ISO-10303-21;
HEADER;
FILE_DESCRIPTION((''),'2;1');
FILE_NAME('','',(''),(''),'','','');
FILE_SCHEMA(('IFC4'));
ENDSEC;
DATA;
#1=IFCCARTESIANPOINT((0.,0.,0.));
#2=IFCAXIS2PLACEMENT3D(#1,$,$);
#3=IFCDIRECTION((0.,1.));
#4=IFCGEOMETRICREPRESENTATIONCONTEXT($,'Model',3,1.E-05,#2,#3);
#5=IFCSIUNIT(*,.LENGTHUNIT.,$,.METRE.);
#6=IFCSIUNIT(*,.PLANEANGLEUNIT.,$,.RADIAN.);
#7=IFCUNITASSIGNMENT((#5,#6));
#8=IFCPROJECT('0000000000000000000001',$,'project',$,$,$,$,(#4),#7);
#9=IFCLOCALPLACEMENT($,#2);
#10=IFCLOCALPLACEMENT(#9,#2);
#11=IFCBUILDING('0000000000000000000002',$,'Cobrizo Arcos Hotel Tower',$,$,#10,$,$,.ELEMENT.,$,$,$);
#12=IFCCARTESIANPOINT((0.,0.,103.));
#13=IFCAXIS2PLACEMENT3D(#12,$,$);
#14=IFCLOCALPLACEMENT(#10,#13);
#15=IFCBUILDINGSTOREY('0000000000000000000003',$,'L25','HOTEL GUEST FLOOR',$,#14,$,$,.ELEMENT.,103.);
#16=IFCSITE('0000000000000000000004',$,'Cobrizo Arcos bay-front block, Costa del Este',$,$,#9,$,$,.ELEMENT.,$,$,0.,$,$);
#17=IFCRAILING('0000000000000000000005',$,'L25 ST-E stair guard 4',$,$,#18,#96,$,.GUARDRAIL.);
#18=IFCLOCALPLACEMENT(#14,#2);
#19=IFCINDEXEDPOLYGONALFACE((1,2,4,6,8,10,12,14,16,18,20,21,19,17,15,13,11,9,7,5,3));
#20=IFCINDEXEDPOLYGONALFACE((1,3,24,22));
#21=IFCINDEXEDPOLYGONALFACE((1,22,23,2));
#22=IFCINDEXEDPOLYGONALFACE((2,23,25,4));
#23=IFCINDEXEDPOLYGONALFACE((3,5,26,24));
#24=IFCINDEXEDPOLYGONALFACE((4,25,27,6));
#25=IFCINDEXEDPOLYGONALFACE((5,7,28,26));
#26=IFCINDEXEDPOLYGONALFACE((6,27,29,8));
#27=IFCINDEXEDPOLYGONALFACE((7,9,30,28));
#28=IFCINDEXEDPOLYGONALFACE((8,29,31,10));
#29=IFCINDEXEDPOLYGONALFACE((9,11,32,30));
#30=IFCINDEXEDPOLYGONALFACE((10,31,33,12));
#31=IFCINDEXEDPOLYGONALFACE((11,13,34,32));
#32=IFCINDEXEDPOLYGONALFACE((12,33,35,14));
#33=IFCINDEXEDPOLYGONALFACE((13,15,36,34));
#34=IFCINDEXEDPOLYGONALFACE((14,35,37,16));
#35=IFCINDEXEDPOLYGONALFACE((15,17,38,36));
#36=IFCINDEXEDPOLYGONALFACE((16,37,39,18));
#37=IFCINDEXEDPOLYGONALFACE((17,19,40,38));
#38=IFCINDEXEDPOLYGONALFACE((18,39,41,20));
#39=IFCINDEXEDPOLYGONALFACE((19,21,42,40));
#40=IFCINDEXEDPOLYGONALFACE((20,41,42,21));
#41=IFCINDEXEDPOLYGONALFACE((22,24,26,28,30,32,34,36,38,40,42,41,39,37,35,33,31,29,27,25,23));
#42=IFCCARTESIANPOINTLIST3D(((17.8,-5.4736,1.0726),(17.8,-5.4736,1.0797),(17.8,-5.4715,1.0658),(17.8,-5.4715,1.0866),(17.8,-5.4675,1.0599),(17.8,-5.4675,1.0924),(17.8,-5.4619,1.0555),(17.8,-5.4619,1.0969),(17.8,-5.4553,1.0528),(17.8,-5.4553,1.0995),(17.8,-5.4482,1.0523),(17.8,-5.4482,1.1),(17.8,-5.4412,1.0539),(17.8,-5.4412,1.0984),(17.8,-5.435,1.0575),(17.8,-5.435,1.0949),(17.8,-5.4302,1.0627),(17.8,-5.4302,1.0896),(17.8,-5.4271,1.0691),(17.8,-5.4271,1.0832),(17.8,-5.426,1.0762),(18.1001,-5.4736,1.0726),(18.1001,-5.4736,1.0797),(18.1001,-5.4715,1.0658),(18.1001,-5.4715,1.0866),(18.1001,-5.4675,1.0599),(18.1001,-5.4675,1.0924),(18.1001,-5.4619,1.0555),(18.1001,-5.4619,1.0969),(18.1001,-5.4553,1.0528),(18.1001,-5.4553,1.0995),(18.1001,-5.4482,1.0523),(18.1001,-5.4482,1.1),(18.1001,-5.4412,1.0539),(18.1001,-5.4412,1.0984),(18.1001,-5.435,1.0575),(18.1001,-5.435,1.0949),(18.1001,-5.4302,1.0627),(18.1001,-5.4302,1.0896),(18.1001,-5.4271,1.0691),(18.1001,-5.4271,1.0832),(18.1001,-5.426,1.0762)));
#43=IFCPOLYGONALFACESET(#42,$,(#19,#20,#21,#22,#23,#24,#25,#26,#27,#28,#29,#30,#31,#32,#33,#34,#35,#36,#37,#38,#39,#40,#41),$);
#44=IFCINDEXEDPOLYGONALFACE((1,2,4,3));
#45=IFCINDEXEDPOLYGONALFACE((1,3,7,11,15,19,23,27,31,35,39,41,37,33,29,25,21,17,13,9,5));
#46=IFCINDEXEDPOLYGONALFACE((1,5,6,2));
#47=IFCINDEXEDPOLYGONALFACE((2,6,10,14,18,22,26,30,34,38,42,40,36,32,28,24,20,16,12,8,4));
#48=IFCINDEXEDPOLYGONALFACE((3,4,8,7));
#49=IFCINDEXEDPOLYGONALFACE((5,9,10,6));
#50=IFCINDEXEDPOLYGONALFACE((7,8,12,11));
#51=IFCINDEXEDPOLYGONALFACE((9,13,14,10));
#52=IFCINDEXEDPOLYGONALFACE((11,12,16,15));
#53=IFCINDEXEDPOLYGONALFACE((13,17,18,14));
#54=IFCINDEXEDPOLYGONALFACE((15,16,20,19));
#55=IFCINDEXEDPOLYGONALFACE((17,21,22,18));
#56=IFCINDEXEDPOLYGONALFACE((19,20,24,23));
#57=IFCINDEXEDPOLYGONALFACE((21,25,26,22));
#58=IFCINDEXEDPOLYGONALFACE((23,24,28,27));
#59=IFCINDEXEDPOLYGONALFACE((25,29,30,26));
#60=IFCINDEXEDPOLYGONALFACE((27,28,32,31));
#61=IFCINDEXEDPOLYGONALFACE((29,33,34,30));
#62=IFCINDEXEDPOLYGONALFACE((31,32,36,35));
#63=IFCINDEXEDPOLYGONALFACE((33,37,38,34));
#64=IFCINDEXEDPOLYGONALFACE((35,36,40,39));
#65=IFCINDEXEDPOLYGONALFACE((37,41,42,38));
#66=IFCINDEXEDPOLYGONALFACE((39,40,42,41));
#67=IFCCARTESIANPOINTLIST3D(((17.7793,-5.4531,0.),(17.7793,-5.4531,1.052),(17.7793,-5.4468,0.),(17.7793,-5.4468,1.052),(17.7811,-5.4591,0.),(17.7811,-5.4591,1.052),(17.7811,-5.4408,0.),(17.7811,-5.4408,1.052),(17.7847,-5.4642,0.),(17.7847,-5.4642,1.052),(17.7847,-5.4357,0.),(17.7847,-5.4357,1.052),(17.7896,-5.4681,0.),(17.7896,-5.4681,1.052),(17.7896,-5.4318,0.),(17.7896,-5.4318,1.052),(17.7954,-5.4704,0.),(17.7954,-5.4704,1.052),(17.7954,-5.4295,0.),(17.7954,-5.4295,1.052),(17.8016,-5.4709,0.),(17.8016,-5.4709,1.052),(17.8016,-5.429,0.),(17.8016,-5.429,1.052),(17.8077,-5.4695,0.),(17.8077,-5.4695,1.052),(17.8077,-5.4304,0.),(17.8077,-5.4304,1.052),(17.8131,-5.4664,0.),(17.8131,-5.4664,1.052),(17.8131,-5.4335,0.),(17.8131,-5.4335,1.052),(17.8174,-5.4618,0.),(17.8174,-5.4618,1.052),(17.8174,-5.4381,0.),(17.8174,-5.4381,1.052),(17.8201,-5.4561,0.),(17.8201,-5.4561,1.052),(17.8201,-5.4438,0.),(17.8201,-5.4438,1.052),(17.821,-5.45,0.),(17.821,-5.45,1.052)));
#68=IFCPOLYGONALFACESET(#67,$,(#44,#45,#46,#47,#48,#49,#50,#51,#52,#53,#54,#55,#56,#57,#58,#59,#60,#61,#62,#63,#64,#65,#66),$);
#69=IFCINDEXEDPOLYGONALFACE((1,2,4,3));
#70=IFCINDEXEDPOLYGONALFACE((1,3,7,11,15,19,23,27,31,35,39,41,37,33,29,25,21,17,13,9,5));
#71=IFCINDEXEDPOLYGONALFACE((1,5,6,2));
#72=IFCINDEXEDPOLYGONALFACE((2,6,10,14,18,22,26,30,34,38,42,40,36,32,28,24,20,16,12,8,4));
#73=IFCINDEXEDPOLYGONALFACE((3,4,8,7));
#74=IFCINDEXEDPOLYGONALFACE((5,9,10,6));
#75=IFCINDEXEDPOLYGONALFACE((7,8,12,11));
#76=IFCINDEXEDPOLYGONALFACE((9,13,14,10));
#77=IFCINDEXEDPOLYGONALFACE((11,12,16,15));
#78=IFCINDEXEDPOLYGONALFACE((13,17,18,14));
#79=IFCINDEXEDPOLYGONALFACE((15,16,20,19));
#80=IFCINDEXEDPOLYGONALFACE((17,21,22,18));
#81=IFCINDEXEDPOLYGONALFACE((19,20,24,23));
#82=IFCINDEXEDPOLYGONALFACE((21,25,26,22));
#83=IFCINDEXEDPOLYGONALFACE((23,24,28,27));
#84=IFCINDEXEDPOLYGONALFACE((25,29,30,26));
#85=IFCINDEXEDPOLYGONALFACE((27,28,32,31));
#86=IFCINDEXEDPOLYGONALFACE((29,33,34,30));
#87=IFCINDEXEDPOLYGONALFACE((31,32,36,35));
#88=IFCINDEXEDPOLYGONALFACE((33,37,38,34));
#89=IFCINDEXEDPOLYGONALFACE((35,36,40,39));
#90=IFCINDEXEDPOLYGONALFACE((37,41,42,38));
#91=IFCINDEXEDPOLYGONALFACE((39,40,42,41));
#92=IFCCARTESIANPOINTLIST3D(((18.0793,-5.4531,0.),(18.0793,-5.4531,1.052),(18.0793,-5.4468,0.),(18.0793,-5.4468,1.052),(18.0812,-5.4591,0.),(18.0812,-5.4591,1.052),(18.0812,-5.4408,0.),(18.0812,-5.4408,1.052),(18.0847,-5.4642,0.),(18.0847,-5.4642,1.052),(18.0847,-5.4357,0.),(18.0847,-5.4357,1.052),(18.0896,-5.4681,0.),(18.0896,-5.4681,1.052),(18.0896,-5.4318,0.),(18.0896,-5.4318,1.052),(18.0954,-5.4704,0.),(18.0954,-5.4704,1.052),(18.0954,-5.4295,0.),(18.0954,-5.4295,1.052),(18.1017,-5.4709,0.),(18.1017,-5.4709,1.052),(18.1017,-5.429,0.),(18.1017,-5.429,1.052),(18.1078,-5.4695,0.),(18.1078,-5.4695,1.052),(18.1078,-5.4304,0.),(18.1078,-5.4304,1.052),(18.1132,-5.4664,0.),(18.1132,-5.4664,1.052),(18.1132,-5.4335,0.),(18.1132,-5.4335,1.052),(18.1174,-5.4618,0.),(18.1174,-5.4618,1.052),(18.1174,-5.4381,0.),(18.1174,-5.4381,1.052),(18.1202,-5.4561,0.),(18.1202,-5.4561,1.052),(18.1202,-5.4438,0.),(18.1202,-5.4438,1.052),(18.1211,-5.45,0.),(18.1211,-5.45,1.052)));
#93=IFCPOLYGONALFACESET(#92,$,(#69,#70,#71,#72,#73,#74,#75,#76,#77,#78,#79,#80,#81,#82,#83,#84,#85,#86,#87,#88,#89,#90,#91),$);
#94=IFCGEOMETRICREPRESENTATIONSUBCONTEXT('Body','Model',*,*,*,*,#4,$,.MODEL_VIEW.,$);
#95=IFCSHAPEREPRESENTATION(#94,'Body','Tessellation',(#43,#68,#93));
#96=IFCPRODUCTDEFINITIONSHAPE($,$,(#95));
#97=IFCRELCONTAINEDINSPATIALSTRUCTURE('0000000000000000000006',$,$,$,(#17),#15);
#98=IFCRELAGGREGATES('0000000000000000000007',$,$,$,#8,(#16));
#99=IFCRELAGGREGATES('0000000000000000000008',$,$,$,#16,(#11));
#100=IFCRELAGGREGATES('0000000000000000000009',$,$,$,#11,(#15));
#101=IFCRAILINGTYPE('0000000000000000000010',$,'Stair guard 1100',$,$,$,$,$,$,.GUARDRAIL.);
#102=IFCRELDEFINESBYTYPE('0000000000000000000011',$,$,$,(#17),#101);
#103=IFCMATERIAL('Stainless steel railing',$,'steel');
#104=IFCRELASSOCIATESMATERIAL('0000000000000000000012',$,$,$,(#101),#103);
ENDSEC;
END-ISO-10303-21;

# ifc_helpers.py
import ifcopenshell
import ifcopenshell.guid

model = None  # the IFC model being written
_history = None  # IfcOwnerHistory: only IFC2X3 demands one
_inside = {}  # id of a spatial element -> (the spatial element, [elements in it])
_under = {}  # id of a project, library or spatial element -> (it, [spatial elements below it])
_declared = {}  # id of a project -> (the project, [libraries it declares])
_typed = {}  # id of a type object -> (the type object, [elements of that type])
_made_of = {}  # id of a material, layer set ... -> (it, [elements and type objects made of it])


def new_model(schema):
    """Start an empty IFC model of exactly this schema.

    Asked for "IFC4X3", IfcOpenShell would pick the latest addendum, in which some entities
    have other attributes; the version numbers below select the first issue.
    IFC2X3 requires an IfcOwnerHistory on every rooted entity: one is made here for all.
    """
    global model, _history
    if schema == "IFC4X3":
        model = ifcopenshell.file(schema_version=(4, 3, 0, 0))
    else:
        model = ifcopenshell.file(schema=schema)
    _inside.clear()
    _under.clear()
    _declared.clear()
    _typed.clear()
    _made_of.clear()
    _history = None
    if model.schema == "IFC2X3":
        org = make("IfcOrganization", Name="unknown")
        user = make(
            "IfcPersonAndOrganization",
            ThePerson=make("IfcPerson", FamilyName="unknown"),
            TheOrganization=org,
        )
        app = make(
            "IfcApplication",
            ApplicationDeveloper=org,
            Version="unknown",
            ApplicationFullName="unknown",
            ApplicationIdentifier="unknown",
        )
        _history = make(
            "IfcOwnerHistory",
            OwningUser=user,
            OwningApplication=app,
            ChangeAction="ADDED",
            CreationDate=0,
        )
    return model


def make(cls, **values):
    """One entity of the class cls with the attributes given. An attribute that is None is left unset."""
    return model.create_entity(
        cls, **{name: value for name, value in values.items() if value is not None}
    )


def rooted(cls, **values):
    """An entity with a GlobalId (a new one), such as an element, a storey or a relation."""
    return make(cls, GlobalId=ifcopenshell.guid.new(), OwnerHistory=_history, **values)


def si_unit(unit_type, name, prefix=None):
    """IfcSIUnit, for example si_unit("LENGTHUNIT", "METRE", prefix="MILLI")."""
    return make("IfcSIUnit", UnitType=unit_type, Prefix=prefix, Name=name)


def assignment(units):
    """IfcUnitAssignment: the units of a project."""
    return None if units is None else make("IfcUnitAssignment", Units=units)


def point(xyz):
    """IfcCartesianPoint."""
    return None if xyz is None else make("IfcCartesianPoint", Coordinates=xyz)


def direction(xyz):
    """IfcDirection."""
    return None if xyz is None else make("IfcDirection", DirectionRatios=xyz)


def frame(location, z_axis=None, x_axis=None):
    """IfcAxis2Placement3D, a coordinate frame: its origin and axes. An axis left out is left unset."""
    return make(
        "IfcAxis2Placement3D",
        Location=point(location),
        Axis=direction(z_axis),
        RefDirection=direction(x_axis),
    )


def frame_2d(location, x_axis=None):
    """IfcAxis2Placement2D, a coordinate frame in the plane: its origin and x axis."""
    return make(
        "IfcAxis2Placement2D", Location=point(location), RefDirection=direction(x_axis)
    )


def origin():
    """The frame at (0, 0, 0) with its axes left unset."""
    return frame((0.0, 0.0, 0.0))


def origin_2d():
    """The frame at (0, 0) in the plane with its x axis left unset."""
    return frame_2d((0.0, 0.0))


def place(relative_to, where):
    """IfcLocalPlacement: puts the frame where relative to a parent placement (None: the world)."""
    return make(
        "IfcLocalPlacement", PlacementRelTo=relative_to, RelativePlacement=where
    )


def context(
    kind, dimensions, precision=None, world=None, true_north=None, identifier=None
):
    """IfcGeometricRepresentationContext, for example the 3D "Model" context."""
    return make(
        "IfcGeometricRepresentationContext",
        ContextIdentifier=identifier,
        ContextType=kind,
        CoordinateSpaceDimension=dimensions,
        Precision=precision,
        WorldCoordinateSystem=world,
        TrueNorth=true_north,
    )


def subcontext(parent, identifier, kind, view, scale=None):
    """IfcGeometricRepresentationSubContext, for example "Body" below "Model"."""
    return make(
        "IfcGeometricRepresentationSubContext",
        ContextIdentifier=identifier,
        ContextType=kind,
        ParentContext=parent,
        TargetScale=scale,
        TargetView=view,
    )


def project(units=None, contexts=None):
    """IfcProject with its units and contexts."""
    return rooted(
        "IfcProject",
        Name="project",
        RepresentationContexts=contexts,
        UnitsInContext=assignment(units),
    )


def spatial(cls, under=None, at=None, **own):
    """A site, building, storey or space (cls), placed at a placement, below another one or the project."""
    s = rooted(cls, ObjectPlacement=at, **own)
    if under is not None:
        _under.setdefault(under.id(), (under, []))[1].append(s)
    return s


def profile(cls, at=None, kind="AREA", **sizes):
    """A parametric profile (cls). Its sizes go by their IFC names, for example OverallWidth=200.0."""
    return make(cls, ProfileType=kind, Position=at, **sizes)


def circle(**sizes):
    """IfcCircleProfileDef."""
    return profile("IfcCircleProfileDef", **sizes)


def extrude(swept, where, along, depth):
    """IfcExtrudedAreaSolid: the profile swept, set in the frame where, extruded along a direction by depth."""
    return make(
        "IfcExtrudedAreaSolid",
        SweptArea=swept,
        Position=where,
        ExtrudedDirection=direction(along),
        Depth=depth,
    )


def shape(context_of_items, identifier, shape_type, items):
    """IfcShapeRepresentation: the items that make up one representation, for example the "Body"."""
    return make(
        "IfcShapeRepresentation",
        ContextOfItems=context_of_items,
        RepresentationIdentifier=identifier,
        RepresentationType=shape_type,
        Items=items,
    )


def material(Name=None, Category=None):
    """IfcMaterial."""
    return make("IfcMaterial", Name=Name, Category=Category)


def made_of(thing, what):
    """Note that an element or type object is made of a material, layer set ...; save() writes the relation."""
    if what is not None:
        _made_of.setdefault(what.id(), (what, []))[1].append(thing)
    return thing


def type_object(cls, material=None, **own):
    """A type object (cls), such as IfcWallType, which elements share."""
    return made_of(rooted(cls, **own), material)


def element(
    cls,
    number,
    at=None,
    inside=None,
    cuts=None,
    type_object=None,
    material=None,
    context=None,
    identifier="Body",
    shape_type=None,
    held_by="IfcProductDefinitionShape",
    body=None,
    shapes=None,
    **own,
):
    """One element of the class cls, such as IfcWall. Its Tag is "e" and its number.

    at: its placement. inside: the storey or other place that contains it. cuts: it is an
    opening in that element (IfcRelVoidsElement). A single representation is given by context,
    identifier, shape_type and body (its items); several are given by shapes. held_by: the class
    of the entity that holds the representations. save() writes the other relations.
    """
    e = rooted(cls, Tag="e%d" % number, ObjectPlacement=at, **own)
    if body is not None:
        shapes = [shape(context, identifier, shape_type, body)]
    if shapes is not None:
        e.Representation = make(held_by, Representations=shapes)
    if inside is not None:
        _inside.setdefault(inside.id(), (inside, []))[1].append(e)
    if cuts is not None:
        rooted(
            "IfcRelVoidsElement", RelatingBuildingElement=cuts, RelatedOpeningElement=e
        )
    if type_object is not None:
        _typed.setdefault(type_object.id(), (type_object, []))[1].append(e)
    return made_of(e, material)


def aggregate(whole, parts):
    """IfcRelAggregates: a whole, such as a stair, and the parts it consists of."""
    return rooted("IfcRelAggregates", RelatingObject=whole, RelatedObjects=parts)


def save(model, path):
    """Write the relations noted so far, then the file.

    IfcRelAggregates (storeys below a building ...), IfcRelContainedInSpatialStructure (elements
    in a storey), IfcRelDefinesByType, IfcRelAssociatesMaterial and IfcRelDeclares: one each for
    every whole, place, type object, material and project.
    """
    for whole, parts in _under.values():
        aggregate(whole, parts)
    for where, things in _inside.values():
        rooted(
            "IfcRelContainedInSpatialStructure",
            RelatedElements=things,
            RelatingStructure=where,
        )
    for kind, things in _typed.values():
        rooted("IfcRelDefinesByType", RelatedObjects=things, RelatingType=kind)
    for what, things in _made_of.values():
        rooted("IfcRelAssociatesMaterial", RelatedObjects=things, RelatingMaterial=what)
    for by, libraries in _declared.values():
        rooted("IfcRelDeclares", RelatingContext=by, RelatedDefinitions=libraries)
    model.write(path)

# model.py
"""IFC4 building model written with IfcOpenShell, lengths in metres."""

from ifc_helpers import new_model, si_unit, direction, frame, origin, origin_2d, place, context, subcontext, project, spatial, circle, extrude, material, type_object, element, save


model = new_model("IFC4")

# Units and contexts
model_context = context("Model", 3, precision=1e-05, world=origin(), true_north=direction((0.0, 1.0)))
body_context = subcontext(model_context, "Body", "Model", "MODEL_VIEW")
ifc_project = project(units=[si_unit("LENGTHUNIT", "METRE"), si_unit("PLANEANGLEUNIT", "RADIAN")], contexts=[model_context])

# Site, building, storey
site_placement = place(None, origin())
site = spatial("IfcSite", under=ifc_project, at=site_placement, Name="Cobrizo Arcos bay-front block, Costa del Este", CompositionType="ELEMENT", RefElevation=0.0)
building_placement = place(site_placement, origin())
building = spatial("IfcBuilding", under=site, at=building_placement, Name="Cobrizo Arcos Hotel Tower", CompositionType="ELEMENT")
storey_placement = place(building_placement, frame((0.0, 0.0, 103.0)))
storey = spatial("IfcBuildingStorey", under=building, at=storey_placement, Name="L25", Description="HOTEL GUEST FLOOR", CompositionType="ELEMENT", Elevation=103.0)

# Railing
ifc_material_1 = material(Name="Stainless steel railing", Category="steel")
railing_type_1 = type_object("IfcRailingType", Name="Stair guard 1100", PredefinedType="GUARDRAIL", material=ifc_material_1)
railing_1_placement = place(storey_placement, frame((17.8, -5.45, 0.0)))
element("IfcRailing", 1, at=railing_1_placement, inside=storey, type_object=railing_type_1, Name="L25 ST-E stair guard 4", PredefinedType="GUARDRAIL", context=body_context, shape_type="SweptSolid", body=[
    extrude(circle(Radius=0.0239, at=origin_2d()), frame((0.0, 0.0, 1.0762), z_axis=(1.0, 0.0, 0.0), x_axis=(0.0, 1.0, 0.0)), (0.0, 0.0, 1.0), 0.3),
    extrude(circle(Radius=0.021, at=origin_2d()), origin(), (0.0, 0.0, 1.0), 1.052),
    extrude(circle(Radius=0.021, at=origin_2d()), frame((0.3, 0.0, 0.0)), (0.0, 0.0, 1.0), 1.052),
])

save(model, "model.ifc")
